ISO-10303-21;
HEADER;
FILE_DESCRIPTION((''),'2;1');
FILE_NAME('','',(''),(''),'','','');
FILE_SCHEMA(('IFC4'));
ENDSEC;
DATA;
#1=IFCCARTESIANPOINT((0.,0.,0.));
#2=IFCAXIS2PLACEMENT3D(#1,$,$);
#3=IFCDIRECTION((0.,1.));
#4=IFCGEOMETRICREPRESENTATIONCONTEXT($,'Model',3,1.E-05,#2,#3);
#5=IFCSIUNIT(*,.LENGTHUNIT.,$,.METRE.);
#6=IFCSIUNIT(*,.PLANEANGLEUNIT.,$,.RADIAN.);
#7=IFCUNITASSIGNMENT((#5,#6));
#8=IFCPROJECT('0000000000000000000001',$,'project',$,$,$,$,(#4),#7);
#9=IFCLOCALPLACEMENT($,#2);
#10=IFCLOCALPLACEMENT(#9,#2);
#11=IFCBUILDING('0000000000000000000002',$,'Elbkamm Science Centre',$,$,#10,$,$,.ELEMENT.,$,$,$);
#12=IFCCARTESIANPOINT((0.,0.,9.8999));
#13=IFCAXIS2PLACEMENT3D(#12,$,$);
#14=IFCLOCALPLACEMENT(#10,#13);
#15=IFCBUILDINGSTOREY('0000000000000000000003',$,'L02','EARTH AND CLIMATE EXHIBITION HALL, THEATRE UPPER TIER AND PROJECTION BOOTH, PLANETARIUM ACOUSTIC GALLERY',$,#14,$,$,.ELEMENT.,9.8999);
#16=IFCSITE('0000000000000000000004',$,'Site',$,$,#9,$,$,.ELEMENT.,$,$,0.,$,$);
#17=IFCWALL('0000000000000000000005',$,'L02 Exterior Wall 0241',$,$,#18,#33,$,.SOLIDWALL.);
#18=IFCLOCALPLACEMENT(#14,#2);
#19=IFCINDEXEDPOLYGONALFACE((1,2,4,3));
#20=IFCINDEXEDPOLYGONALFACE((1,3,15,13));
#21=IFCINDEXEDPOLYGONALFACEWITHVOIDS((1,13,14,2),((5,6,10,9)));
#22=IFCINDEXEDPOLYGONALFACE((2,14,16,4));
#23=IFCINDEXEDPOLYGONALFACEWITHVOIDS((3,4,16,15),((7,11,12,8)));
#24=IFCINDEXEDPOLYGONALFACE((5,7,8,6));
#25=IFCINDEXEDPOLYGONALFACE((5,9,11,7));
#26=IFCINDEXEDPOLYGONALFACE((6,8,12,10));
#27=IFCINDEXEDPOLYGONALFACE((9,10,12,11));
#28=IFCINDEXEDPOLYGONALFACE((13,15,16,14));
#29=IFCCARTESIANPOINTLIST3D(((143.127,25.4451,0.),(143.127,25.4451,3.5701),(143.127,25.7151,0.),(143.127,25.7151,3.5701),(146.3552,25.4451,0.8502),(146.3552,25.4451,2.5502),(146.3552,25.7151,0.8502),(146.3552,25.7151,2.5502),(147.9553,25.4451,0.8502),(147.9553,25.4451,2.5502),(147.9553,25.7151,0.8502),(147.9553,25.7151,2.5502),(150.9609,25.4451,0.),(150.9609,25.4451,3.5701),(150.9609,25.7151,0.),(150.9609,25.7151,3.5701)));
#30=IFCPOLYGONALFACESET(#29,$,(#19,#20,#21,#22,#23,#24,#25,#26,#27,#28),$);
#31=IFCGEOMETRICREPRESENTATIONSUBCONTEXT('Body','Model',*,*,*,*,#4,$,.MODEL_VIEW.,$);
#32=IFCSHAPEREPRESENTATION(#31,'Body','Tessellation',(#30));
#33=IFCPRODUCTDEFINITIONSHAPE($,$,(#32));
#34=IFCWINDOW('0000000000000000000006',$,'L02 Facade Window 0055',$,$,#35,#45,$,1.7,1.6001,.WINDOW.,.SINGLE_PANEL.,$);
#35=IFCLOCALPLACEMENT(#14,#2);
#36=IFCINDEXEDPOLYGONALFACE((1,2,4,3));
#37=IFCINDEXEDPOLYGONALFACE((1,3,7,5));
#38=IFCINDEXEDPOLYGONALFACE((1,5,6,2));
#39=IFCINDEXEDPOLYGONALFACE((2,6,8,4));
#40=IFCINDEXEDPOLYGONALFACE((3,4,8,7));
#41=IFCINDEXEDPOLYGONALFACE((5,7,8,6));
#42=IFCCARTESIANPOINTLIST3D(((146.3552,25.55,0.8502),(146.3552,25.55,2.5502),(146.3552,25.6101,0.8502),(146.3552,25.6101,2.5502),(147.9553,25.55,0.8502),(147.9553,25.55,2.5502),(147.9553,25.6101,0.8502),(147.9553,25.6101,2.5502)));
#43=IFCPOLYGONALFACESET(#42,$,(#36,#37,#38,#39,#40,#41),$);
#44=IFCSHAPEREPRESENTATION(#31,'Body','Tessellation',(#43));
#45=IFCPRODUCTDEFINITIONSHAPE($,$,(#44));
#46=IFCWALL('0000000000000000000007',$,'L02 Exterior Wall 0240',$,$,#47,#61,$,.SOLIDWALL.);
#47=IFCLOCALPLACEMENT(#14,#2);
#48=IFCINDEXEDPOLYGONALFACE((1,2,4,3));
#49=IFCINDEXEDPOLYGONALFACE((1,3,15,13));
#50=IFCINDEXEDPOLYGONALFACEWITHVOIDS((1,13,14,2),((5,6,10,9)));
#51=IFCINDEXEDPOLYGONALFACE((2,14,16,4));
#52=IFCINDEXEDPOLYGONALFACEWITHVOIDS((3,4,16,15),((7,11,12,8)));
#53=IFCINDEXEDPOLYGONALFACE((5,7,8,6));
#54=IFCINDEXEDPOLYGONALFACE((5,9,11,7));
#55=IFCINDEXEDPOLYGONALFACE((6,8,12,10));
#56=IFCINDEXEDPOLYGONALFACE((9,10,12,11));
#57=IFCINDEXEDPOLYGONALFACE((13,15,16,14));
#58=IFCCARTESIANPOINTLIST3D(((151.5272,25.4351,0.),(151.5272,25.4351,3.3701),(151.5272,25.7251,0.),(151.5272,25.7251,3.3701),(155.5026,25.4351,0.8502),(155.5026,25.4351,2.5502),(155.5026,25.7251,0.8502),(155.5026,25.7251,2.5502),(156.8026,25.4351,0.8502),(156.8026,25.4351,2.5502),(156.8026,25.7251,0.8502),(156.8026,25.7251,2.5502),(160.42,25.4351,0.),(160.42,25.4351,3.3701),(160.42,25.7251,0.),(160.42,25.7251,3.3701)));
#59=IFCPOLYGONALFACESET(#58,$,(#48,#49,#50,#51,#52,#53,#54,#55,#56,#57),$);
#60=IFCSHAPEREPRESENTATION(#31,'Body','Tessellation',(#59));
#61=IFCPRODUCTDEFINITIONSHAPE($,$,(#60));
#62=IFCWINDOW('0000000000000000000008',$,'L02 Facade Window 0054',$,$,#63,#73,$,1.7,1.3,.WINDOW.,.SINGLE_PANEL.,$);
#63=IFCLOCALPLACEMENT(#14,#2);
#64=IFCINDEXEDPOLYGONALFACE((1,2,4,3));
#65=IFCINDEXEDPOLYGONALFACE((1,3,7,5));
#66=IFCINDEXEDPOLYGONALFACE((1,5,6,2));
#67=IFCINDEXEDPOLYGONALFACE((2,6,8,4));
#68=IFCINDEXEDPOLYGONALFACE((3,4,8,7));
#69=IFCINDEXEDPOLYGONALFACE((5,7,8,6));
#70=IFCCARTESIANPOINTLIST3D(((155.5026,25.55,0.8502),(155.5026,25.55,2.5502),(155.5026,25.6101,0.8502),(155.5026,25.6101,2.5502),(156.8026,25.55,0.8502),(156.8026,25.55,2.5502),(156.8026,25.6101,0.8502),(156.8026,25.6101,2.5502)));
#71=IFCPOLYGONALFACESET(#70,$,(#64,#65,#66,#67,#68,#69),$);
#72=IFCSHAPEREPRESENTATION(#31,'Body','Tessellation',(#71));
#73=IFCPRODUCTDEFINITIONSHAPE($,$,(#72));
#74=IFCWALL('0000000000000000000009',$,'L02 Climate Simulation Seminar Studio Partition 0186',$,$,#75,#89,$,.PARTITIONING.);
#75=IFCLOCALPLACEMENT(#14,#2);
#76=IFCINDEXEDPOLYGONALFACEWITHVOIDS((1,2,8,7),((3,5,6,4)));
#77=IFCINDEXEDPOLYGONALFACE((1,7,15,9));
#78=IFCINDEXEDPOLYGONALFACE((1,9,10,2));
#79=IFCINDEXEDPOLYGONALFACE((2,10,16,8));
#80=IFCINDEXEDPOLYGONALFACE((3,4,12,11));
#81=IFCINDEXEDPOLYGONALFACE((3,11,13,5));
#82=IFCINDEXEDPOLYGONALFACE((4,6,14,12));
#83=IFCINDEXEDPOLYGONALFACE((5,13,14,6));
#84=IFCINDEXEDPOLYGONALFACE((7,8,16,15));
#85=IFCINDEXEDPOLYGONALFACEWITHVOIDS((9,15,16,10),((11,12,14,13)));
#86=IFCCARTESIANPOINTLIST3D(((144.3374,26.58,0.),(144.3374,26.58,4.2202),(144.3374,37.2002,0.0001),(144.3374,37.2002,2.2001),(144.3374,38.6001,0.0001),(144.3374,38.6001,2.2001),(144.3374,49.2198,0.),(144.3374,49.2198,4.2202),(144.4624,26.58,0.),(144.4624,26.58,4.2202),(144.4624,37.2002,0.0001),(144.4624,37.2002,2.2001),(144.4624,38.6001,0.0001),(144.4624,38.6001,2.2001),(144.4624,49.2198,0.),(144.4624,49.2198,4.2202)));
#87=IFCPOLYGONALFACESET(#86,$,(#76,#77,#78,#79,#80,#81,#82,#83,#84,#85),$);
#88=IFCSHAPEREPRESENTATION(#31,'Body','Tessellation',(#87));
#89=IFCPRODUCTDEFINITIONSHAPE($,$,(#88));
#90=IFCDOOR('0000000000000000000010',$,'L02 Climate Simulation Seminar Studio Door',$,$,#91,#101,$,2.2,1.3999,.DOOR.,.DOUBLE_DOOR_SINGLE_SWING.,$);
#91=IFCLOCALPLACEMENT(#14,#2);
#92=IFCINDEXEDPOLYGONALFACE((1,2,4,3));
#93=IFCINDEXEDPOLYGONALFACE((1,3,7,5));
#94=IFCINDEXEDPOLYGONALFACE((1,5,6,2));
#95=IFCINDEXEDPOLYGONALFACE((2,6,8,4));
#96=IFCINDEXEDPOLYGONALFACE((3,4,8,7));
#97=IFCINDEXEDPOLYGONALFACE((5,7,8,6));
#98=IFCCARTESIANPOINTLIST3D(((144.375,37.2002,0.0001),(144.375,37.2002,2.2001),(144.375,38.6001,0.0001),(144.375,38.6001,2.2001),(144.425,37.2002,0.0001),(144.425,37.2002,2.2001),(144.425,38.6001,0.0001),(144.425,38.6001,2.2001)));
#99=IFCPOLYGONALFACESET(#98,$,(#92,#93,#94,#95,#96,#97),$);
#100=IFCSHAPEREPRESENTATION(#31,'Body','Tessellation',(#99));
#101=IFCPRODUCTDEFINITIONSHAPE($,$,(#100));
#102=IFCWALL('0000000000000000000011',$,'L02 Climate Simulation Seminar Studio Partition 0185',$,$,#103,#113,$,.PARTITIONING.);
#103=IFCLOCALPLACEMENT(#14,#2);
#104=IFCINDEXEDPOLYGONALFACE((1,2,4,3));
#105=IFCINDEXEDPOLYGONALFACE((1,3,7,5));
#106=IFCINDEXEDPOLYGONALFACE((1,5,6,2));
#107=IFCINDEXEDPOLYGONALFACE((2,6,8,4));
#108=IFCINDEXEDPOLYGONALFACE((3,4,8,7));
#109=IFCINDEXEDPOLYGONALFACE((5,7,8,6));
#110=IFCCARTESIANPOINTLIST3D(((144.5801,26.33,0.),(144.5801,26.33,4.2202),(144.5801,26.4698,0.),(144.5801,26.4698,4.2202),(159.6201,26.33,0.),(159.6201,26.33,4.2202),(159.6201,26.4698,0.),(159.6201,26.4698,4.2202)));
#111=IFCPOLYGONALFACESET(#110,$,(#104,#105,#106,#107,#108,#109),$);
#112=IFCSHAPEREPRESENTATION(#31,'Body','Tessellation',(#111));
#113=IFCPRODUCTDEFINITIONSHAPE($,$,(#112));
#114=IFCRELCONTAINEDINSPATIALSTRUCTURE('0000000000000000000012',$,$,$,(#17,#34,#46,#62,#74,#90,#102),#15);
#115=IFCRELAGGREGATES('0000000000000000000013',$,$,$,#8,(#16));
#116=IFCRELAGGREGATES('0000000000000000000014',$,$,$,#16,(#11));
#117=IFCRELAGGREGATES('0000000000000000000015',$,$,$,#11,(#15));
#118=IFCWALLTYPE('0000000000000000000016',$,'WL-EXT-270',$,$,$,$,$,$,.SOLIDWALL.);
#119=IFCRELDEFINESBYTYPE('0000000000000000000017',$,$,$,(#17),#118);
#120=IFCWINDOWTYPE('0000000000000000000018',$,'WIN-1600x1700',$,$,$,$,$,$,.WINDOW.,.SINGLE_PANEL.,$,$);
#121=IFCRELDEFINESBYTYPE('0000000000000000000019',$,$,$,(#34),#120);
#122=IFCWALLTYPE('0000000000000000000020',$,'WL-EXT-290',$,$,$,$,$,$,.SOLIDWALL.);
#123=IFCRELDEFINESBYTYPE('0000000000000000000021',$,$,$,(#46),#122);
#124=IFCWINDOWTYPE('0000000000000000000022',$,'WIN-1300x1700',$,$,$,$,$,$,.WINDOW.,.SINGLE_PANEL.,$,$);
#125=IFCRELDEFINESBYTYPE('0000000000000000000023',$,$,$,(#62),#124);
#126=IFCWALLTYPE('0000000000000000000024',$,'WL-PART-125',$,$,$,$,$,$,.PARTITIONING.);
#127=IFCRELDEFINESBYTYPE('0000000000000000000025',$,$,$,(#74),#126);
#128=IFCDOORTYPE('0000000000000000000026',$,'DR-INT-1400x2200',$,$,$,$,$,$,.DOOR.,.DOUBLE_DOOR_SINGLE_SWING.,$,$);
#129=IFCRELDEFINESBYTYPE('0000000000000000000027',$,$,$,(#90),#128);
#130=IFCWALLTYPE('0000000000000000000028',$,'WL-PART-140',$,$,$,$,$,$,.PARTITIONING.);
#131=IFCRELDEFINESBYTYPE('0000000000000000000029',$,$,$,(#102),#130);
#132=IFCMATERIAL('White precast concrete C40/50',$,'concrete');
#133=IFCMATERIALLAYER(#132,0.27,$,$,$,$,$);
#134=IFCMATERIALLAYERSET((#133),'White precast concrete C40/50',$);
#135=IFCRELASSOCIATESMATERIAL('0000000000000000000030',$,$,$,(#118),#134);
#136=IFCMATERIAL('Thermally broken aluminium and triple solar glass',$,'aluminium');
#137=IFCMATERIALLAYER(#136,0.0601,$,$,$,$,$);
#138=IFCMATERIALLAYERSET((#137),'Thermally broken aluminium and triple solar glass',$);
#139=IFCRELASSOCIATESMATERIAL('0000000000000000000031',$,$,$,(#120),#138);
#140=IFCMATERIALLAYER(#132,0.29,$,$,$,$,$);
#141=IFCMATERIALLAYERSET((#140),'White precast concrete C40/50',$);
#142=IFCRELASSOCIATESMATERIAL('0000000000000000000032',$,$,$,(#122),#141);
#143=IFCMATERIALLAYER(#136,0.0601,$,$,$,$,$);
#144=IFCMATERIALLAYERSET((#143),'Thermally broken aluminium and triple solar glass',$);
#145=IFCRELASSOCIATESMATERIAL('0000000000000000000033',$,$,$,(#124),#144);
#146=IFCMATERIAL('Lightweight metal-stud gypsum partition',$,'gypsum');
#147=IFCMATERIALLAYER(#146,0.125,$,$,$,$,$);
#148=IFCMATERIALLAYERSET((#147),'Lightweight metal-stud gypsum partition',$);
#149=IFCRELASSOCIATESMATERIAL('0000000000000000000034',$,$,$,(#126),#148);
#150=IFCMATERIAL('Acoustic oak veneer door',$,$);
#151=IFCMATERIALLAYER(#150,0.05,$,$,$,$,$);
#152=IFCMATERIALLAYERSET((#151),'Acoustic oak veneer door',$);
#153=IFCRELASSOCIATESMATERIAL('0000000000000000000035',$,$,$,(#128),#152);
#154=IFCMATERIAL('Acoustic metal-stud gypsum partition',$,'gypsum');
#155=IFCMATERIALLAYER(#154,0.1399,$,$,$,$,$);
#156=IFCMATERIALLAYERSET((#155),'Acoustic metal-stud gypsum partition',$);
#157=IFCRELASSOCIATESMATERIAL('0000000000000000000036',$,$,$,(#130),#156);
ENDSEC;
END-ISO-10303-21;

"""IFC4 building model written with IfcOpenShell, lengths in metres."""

from ifc_helpers import new_model, si_unit, direction, frame, frame_2d, origin, place, context, subcontext, project, spatial, rectangle, extrude, material, layer, layer_set, type_object, element, fill, save


model = new_model("IFC4")

# Units and contexts
model_context = context("Model", 3, precision=1e-05, world=origin(), true_north=direction((0.0, 1.0)))
body_context = subcontext(model_context, "Body", "Model", "MODEL_VIEW")
ifc_project = project(units=[si_unit("LENGTHUNIT", "METRE"), si_unit("PLANEANGLEUNIT", "RADIAN")], contexts=[model_context])

# Site, building, storey
site_placement = place(None, origin())
site = spatial("IfcSite", under=ifc_project, at=site_placement, Name="Site", CompositionType="ELEMENT", RefElevation=0.0)
building_placement = place(site_placement, origin())
building = spatial("IfcBuilding", under=site, at=building_placement, Name="Elbkamm Science Centre", CompositionType="ELEMENT")
storey_placement = place(building_placement, frame((0.0, 0.0, 9.8999)))
storey = spatial("IfcBuildingStorey", under=building, at=storey_placement, Name="L02", Description="EARTH AND CLIMATE EXHIBITION HALL, THEATRE UPPER TIER AND PROJECTION BOOTH, PLANETARIUM ACOUSTIC GALLERY", CompositionType="ELEMENT", Elevation=9.8999)

# Walls, openings, windows
ifc_material_1 = material(Name="White precast concrete C40/50", Category="concrete")
ifc_layer_1 = layer(ifc_material_1, 0.27)
ifc_layer_set_1 = layer_set([ifc_layer_1], Name="White precast concrete C40/50")
wall_type_1 = type_object("IfcWallType", Name="WL-EXT-270", PredefinedType="SOLIDWALL", material=ifc_layer_set_1)
ifc_material_2 = material(Name="Thermally broken aluminium and triple solar glass", Category="aluminium")
wall_1_placement = place(storey_placement, frame((150.9609, 25.5801, 0.0), z_axis=(0.0, 0.0, 1.0), x_axis=(-1.0, 0.0, 0.0)))
wall_1 = element("IfcWall", 1, at=wall_1_placement, inside=storey, type_object=wall_type_1, Name="L02 Exterior Wall 0241", PredefinedType="SOLIDWALL", context=body_context, shape_type="SweptSolid", body=[
    extrude(rectangle(XDim=7.834, YDim=0.27, at=frame_2d((3.917, 0.0))), origin(), (0.0, 0.0, 1.0), 3.5701),
])
opening_1_placement = place(wall_1_placement, frame((3.0056, 0.0, 0.8501)))
opening_1 = element("IfcOpeningElement", 2, at=opening_1_placement, cuts=wall_1, PredefinedType="OPENING", context=body_context, shape_type="SweptSolid", body=[
    extrude(rectangle(XDim=1.6001, YDim=1.7, at=frame_2d((0.8, 0.8501))), frame((0.0, 0.147, 0.0), z_axis=(0.0, -1.0, 0.0), x_axis=(1.0, 0.0, 0.0)), (0.0, 0.0, 1.0), 0.2939),
])
ifc_layer_2 = layer(ifc_material_2, 0.0601)
ifc_layer_set_2 = layer_set([ifc_layer_2], Name="Thermally broken aluminium and triple solar glass")
window_type_1 = type_object("IfcWindowType", Name="WIN-1600x1700", PartitioningType="SINGLE_PANEL", PredefinedType="WINDOW", material=ifc_layer_set_2)
window_1_placement = place(opening_1_placement, origin())
window_1 = element("IfcWindow", 3, at=window_1_placement, inside=storey, type_object=window_type_1, Name="L02 Facade Window 0055", OverallHeight=1.7, OverallWidth=1.6001, PartitioningType="SINGLE_PANEL", PredefinedType="WINDOW", context=body_context, shape_type="SweptSolid", body=[
    extrude(rectangle(XDim=1.6001, YDim=1.7, at=frame_2d((0.8, 0.8501))), frame((0.0, 0.03, 0.0), z_axis=(0.0, -1.0, 0.0), x_axis=(1.0, 0.0, 0.0)), (0.0, 0.0, 1.0), 0.0601),
])
fill(opening_1, window_1)
ifc_layer_3 = layer(ifc_material_1, 0.29)
ifc_layer_set_3 = layer_set([ifc_layer_3], Name="White precast concrete C40/50")
wall_type_2 = type_object("IfcWallType", Name="WL-EXT-290", PredefinedType="SOLIDWALL", material=ifc_layer_set_3)
wall_2_placement = place(storey_placement, frame((160.4199, 25.5801, 0.0), z_axis=(0.0, 0.0, 1.0), x_axis=(-1.0, 0.0, 0.0)))
wall_2 = element("IfcWall", 4, at=wall_2_placement, inside=storey, type_object=wall_type_2, Name="L02 Exterior Wall 0240", PredefinedType="SOLIDWALL", context=body_context, shape_type="SweptSolid", body=[
    extrude(rectangle(XDim=8.8928, YDim=0.29, at=frame_2d((4.4463, 0.0))), origin(), (0.0, 0.0, 1.0), 3.3701),
])
opening_2_placement = place(wall_2_placement, frame((3.6174, 0.0, 0.8501)))
opening_2 = element("IfcOpeningElement", 5, at=opening_2_placement, cuts=wall_2, PredefinedType="OPENING", context=body_context, shape_type="SweptSolid", body=[
    extrude(rectangle(XDim=1.3, YDim=1.7, at=frame_2d((0.6499, 0.8501))), frame((0.0, 0.157, 0.0), z_axis=(0.0, -1.0, 0.0), x_axis=(1.0, 0.0, 0.0)), (0.0, 0.0, 1.0), 0.314),
])
ifc_layer_4 = layer(ifc_material_2, 0.0601)
ifc_layer_set_4 = layer_set([ifc_layer_4], Name="Thermally broken aluminium and triple solar glass")
window_type_2 = type_object("IfcWindowType", Name="WIN-1300x1700", PartitioningType="SINGLE_PANEL", PredefinedType="WINDOW", material=ifc_layer_set_4)
window_2_placement = place(opening_2_placement, origin())
window_2 = element("IfcWindow", 6, at=window_2_placement, inside=storey, type_object=window_type_2, Name="L02 Facade Window 0054", OverallHeight=1.7, OverallWidth=1.3, PartitioningType="SINGLE_PANEL", PredefinedType="WINDOW", context=body_context, shape_type="SweptSolid", body=[
    extrude(rectangle(XDim=1.3, YDim=1.7, at=frame_2d((0.6499, 0.8501))), frame((0.0, 0.03, 0.0), z_axis=(0.0, -1.0, 0.0), x_axis=(1.0, 0.0, 0.0)), (0.0, 0.0, 1.0), 0.0601),
])
fill(opening_2, window_2)

# Wall, opening, door
ifc_material_3 = material(Name="Lightweight metal-stud gypsum partition", Category="gypsum")
ifc_layer_5 = layer(ifc_material_3, 0.125)
ifc_layer_set_5 = layer_set([ifc_layer_5], Name="Lightweight metal-stud gypsum partition")
wall_type_3 = type_object("IfcWallType", Name="WL-PART-125", PredefinedType="PARTITIONING", material=ifc_layer_set_5)
wall_3_placement = place(storey_placement, frame((144.3999, 26.5801, 0.0), z_axis=(0.0, 0.0, 1.0), x_axis=(0.0, 1.0, 0.0)))
wall_3 = element("IfcWall", 7, at=wall_3_placement, inside=storey, type_object=wall_type_3, Name="L02 Climate Simulation Seminar Studio Partition 0186", PredefinedType="PARTITIONING", context=body_context, shape_type="SweptSolid", body=[
    extrude(rectangle(XDim=22.6399, YDim=0.125, at=frame_2d((11.3198, 0.0))), origin(), (0.0, 0.0, 1.0), 4.2202),
])
opening_3_placement = place(wall_3_placement, frame((10.6201, 0.0, 0.0)))
opening_3 = element("IfcOpeningElement", 8, at=opening_3_placement, cuts=wall_3, PredefinedType="OPENING", context=body_context, shape_type="SweptSolid", body=[
    extrude(rectangle(XDim=1.3999, YDim=2.2, at=frame_2d((0.7, 1.1001))), frame((0.0, 0.0745, 0.0), z_axis=(0.0, -1.0, 0.0), x_axis=(1.0, 0.0, 0.0)), (0.0, 0.0, 1.0), 0.1489),
])
ifc_material_4 = material(Name="Acoustic oak veneer door")
ifc_layer_6 = layer(ifc_material_4, 0.05)
ifc_layer_set_6 = layer_set([ifc_layer_6], Name="Acoustic oak veneer door")
door_type = type_object("IfcDoorType", Name="DR-INT-1400x2200", OperationType="DOUBLE_DOOR_SINGLE_SWING", PredefinedType="DOOR", material=ifc_layer_set_6)
door_placement = place(opening_3_placement, origin())
door = element("IfcDoor", 9, at=door_placement, inside=storey, type_object=door_type, Name="L02 Climate Simulation Seminar Studio Door", OperationType="DOUBLE_DOOR_SINGLE_SWING", OverallHeight=2.2, OverallWidth=1.3999, PredefinedType="DOOR", context=body_context, shape_type="SweptSolid", body=[
    extrude(rectangle(XDim=1.3999, YDim=2.2, at=frame_2d((0.7, 1.1001))), frame((0.0, 0.0249, 0.0), z_axis=(0.0, -1.0, 0.0), x_axis=(1.0, 0.0, 0.0)), (0.0, 0.0, 1.0), 0.05),
])
fill(opening_3, door)

# Wall
ifc_material_5 = material(Name="Acoustic metal-stud gypsum partition", Category="gypsum")
ifc_layer_7 = layer(ifc_material_5, 0.1399)
ifc_layer_set_7 = layer_set([ifc_layer_7], Name="Acoustic metal-stud gypsum partition")
wall_type_4 = type_object("IfcWallType", Name="WL-PART-140", PredefinedType="PARTITIONING", material=ifc_layer_set_7)
wall_4_placement = place(storey_placement, frame((159.6201, 26.3999, 0.0), z_axis=(0.0, 0.0, 1.0), x_axis=(-1.0, 0.0, 0.0)))
element("IfcWall", 10, at=wall_4_placement, inside=storey, type_object=wall_type_4, Name="L02 Climate Simulation Seminar Studio Partition 0185", PredefinedType="PARTITIONING", context=body_context, shape_type="SweptSolid", body=[
    extrude(rectangle(XDim=15.04, YDim=0.1399, at=frame_2d((7.52, 0.0))), origin(), (0.0, 0.0, 1.0), 4.2202),
])

save(model, "model.ifc")
